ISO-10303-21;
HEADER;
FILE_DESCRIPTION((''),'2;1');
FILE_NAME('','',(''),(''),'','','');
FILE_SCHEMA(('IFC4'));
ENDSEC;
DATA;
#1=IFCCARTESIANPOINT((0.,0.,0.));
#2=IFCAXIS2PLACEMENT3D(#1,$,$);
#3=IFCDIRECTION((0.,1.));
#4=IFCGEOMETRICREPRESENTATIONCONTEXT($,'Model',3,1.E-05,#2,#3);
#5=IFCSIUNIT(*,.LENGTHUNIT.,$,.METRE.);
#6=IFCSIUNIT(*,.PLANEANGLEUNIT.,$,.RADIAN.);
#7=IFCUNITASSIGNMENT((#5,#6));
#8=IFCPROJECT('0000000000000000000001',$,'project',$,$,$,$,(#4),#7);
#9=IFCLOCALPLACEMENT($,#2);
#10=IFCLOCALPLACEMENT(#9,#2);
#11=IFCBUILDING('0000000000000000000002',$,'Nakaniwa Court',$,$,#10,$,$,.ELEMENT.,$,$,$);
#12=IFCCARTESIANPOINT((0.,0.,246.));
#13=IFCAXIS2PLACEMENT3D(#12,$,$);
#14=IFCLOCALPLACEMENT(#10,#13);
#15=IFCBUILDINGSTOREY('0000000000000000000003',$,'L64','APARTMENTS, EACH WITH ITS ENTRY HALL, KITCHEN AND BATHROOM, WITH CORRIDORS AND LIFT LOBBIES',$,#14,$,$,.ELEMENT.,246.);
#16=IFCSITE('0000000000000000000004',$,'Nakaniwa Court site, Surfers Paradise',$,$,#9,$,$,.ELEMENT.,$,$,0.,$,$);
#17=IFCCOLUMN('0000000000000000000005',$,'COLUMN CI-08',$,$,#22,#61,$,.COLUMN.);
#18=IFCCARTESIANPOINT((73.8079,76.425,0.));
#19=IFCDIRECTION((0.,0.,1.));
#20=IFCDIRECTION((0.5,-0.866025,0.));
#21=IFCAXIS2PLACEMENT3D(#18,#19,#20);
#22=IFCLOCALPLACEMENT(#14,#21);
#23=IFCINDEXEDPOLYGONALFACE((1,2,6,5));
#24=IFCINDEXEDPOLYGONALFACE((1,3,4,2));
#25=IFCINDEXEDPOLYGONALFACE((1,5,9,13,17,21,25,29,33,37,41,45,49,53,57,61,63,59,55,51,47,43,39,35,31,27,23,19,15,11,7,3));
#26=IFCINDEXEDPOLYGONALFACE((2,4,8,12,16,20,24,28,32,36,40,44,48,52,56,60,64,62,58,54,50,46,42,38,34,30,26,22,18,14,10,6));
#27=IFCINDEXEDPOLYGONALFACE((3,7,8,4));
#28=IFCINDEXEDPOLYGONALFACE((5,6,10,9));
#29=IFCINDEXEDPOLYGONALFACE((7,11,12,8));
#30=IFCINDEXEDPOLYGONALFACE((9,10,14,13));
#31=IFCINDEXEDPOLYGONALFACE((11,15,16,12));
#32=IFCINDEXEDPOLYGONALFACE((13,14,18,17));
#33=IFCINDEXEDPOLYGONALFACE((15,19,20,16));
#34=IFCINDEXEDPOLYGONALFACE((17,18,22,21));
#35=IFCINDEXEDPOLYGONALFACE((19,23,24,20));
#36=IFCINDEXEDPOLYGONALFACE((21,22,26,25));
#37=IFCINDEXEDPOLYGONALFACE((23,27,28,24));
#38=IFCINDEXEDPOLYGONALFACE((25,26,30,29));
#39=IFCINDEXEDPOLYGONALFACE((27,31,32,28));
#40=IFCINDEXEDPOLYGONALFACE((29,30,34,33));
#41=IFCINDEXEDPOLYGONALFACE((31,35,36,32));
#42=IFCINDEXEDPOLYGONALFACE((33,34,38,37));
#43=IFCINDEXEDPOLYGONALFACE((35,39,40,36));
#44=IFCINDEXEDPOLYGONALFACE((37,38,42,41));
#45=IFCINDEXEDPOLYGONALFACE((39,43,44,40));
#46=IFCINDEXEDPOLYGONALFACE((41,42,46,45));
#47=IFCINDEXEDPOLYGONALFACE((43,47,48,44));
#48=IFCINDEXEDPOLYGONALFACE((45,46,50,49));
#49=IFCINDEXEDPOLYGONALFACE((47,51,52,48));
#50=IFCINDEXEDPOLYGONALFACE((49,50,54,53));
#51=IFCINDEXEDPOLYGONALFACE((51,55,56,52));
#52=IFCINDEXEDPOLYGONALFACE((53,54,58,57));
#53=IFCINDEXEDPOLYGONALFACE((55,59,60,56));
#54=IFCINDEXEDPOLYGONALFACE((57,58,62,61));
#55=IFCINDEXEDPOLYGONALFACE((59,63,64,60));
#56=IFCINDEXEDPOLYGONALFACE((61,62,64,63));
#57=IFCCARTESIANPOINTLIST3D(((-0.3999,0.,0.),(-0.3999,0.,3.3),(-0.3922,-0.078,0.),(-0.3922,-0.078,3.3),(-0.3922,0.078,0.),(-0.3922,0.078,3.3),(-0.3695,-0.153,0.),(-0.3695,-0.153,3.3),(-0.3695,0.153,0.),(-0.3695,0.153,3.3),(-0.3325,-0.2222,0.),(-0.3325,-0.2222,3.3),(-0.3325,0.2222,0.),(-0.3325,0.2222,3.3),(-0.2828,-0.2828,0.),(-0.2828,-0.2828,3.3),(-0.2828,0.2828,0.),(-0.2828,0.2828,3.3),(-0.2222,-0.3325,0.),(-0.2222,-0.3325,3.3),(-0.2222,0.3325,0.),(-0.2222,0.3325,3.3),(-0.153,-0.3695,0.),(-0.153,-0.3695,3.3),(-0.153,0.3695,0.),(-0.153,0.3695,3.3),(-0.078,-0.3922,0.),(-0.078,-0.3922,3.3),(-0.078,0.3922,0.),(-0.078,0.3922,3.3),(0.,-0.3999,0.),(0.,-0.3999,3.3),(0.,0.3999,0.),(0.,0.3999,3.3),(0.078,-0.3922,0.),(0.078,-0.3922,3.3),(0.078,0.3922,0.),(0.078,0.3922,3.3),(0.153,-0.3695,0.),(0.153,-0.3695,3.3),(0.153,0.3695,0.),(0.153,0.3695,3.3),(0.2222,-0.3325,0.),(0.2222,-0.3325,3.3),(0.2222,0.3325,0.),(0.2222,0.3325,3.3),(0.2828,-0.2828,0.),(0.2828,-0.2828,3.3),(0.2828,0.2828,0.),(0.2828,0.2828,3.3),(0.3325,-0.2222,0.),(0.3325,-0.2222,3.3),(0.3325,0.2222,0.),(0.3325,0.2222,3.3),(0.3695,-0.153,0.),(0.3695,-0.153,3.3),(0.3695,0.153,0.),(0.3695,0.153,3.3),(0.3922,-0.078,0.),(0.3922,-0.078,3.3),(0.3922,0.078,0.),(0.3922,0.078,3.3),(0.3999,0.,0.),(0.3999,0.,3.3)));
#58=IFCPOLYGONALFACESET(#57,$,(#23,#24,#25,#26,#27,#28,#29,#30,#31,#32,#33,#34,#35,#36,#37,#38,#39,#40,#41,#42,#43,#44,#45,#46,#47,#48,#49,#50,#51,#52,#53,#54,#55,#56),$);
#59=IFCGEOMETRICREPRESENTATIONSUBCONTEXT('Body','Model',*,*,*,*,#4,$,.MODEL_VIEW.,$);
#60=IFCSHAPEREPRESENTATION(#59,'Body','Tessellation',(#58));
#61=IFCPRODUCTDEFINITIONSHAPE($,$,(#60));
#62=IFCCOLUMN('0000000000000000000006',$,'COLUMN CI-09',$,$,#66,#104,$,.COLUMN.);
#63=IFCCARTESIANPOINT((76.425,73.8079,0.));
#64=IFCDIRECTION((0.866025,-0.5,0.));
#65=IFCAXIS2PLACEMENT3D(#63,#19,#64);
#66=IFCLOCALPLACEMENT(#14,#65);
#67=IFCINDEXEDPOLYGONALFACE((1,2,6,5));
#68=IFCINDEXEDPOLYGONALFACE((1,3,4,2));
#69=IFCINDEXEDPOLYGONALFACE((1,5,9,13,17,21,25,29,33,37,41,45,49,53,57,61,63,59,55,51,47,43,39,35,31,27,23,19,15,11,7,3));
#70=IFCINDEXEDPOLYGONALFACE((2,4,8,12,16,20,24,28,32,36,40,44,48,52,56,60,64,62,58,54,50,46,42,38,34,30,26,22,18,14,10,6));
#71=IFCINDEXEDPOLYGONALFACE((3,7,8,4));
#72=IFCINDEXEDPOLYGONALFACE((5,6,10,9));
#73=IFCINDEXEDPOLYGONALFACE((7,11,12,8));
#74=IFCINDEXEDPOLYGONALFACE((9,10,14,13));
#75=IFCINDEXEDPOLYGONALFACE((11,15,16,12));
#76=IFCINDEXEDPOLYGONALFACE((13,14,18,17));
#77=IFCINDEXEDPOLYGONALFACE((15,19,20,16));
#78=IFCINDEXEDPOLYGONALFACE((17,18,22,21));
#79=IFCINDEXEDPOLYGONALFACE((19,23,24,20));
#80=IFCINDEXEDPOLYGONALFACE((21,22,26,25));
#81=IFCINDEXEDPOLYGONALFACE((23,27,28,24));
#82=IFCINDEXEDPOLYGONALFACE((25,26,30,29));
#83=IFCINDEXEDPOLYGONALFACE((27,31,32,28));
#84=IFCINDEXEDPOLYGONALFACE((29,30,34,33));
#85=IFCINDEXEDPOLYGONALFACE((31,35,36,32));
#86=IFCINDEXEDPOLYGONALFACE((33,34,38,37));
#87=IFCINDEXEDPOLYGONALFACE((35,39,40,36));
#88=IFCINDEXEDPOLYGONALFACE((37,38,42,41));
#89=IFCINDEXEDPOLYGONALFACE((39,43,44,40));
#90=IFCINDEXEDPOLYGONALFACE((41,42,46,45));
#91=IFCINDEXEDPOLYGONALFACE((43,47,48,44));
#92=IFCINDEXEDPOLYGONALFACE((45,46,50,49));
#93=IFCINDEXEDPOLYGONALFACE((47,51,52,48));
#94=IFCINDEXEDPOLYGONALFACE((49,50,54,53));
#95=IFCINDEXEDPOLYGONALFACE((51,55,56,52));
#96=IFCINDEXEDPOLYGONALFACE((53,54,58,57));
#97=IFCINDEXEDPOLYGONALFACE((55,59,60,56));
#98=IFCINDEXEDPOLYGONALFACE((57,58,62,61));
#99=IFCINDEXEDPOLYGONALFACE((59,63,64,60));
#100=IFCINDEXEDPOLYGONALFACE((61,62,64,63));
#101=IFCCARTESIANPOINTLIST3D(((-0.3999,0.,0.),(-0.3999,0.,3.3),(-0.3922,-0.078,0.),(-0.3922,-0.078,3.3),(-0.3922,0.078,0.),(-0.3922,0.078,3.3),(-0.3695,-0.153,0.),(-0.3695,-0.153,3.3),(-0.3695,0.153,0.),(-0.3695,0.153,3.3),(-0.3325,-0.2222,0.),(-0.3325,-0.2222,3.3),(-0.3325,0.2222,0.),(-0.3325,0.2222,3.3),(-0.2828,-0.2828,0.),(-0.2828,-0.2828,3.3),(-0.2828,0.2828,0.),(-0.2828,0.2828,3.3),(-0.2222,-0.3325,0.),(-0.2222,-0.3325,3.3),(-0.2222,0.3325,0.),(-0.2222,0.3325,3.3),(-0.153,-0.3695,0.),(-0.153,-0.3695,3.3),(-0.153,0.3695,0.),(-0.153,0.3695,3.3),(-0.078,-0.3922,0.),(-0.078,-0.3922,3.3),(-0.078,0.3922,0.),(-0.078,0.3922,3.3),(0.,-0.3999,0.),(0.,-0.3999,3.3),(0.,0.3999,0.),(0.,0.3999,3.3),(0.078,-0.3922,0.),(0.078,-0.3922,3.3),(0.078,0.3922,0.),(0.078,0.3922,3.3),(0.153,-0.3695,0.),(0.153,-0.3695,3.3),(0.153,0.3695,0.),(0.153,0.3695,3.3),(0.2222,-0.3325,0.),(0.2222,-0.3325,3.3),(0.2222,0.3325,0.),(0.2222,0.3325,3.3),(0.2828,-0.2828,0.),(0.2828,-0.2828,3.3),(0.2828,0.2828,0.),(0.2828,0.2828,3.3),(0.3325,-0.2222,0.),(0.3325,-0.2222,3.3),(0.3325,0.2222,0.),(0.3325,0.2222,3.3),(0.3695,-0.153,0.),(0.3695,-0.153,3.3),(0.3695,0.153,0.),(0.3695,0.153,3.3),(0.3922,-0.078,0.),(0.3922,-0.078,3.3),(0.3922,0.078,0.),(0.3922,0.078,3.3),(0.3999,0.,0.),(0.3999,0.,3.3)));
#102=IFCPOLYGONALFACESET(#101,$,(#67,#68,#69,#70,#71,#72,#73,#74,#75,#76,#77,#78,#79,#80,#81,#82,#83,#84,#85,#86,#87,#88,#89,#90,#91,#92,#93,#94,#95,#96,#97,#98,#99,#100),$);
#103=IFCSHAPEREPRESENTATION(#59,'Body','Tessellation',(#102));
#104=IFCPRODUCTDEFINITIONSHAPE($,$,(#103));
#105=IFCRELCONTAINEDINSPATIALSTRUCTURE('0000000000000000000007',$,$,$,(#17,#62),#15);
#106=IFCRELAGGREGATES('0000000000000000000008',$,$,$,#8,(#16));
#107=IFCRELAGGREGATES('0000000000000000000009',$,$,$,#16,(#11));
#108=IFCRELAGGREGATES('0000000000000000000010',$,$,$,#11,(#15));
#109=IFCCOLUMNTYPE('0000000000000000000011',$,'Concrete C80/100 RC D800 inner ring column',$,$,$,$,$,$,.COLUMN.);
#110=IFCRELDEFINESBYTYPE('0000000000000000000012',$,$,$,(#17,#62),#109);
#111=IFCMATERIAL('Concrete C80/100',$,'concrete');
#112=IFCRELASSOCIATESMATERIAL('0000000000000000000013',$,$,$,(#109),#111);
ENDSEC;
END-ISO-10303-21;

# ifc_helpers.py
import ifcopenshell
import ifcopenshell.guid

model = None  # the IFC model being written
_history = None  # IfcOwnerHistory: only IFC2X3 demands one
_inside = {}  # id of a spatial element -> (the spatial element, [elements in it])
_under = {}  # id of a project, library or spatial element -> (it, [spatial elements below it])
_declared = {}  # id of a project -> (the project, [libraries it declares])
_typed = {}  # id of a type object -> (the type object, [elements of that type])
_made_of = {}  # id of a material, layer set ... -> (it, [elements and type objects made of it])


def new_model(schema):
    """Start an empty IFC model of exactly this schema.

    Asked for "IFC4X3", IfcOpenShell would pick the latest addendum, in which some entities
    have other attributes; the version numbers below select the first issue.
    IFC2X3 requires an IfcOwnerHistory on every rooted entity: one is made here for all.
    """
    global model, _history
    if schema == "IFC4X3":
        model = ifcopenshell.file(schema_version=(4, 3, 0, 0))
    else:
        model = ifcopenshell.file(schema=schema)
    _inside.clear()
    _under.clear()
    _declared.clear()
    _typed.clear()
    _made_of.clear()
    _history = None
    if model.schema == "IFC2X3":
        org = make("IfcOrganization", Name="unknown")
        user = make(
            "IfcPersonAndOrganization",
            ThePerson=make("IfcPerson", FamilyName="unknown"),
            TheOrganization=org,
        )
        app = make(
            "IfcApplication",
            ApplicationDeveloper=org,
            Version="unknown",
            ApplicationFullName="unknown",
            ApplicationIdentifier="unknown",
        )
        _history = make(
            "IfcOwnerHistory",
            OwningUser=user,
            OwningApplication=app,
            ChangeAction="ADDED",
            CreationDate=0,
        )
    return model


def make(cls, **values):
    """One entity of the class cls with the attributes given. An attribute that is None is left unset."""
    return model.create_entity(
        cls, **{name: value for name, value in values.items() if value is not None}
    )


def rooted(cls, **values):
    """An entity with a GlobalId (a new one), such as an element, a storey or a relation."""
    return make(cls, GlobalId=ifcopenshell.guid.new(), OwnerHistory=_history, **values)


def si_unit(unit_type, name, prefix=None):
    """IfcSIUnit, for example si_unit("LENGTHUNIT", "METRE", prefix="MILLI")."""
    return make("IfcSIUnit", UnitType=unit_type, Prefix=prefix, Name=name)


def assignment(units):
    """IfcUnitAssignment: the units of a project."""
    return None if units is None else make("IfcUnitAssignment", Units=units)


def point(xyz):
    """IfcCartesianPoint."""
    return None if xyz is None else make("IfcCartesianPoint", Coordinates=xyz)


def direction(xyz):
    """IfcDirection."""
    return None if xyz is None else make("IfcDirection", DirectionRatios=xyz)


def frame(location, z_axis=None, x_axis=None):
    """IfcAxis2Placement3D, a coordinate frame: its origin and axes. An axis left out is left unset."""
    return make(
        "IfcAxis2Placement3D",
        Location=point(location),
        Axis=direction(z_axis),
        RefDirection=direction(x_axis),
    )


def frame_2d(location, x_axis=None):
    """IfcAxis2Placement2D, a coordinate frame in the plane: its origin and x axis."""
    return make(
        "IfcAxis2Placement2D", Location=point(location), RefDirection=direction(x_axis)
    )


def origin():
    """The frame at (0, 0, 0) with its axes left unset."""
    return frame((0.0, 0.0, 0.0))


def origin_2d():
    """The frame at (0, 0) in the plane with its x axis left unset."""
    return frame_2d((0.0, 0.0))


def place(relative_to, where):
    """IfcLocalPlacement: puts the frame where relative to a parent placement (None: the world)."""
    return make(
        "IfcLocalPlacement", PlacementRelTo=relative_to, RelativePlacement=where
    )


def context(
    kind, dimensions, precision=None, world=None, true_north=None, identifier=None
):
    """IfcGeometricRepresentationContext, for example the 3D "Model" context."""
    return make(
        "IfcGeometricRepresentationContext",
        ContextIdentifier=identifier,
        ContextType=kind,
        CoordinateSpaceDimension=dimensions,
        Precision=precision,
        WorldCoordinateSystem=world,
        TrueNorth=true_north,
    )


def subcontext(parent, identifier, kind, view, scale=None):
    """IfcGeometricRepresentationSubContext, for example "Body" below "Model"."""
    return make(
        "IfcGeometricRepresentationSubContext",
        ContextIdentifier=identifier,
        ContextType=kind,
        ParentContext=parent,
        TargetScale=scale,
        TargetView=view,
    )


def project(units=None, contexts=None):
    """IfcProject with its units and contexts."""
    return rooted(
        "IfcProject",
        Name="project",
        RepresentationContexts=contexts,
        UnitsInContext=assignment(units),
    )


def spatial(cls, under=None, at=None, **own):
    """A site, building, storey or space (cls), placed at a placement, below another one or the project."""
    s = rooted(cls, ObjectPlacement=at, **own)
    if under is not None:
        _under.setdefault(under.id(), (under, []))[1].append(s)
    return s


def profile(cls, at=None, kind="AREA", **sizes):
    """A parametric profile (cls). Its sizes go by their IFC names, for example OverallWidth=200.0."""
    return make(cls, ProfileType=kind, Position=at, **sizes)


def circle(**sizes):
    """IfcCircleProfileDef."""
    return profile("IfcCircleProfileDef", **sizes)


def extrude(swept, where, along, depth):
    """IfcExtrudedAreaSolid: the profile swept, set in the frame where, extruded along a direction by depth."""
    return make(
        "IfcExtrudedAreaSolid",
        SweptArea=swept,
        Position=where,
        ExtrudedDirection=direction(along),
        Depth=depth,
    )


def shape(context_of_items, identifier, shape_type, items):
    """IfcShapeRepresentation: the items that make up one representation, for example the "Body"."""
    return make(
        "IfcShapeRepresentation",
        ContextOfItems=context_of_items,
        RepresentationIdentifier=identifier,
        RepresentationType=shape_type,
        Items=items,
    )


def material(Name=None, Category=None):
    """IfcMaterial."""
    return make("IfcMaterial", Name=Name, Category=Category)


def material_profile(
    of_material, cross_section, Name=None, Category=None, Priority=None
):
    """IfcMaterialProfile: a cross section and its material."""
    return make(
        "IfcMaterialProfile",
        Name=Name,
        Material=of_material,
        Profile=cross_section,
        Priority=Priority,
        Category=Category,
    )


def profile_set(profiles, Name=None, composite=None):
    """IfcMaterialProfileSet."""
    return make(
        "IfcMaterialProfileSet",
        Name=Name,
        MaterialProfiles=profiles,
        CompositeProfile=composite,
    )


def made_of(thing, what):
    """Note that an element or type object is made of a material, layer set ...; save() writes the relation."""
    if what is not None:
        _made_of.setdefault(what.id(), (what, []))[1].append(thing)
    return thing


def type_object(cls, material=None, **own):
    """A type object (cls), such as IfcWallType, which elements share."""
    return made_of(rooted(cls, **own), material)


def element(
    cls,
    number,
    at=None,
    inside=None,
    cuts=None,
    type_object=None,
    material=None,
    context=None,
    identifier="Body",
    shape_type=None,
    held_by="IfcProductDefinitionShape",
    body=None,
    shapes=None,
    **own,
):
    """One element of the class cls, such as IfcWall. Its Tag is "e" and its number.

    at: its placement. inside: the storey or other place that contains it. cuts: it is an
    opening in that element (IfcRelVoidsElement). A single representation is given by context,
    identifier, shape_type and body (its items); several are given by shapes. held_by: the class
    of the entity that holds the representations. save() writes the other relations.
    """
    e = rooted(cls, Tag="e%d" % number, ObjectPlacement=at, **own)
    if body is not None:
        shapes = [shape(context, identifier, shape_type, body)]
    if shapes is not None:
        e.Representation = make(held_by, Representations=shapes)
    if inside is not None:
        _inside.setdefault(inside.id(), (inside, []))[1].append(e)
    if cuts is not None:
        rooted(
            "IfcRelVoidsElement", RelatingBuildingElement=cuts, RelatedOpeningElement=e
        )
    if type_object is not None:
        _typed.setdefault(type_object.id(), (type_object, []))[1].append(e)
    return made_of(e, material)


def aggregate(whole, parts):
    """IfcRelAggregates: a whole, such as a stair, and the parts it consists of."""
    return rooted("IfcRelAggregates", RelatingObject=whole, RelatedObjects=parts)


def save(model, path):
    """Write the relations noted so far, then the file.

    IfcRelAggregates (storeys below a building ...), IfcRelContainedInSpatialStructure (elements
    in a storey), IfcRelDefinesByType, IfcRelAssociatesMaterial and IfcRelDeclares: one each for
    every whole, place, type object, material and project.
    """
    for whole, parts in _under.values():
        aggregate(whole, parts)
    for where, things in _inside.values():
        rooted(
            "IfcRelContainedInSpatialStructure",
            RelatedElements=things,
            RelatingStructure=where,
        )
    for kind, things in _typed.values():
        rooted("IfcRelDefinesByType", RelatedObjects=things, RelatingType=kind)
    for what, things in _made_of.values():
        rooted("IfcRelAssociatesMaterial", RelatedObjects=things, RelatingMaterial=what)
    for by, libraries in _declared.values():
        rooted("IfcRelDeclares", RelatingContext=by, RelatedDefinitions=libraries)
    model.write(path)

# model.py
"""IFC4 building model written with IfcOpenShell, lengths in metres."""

from ifc_helpers import new_model, si_unit, direction, frame, origin, origin_2d, place, context, subcontext, project, spatial, circle, extrude, material, material_profile, profile_set, type_object, element, save


model = new_model("IFC4")

# Units and contexts
model_context = context("Model", 3, precision=1e-05, world=origin(), true_north=direction((0.0, 1.0)))
body_context = subcontext(model_context, "Body", "Model", "MODEL_VIEW")
ifc_project = project(units=[si_unit("LENGTHUNIT", "METRE"), si_unit("PLANEANGLEUNIT", "RADIAN")], contexts=[model_context])

# Site, building, storey
site_placement = place(None, origin())
site = spatial("IfcSite", under=ifc_project, at=site_placement, Name="Nakaniwa Court site, Surfers Paradise", CompositionType="ELEMENT", RefElevation=0.0)
building_placement = place(site_placement, origin())
building = spatial("IfcBuilding", under=site, at=building_placement, Name="Nakaniwa Court", CompositionType="ELEMENT")
storey_placement = place(building_placement, frame((0.0, 0.0, 246.0)))
storey = spatial("IfcBuildingStorey", under=building, at=storey_placement, Name="L64", Description="APARTMENTS, EACH WITH ITS ENTRY HALL, KITCHEN AND BATHROOM, WITH CORRIDORS AND LIFT LOBBIES", CompositionType="ELEMENT", Elevation=246.0)

# Columns
ifc_material_1 = material(Name="Concrete C80/100", Category="concrete")
ifc_material_profile_1 = material_profile(ifc_material_1, circle(Radius=0.3999, at=origin_2d()), Name="Concrete C80/100 RC D800 inner ring column")
ifc_profile_set_1 = profile_set([ifc_material_profile_1], Name="Concrete C80/100")
column_type_1 = type_object("IfcColumnType", Name="Concrete C80/100 RC D800 inner ring column", PredefinedType="COLUMN", material=ifc_profile_set_1)
for number, where, z_axis, x_axis, name in (
    (1, (73.8079, 76.425, 0.0), (0.0, 0.0, 1.0), (0.5, -0.866025, 0.0), "COLUMN CI-08"),
    (2, (76.425, 73.8079, 0.0), (0.0, 0.0, 1.0), (0.866025, -0.5, 0.0), "COLUMN CI-09"),
):
    element("IfcColumn", number, at=place(storey_placement, frame(where, z_axis=z_axis, x_axis=x_axis)), inside=storey, type_object=column_type_1, Name=name, PredefinedType="COLUMN", context=body_context, shape_type="SweptSolid", body=[
        extrude(circle(Radius=0.3999, at=origin_2d()), origin(), (0.0, 0.0, 1.0), 3.3),
    ])

save(model, "model.ifc")
